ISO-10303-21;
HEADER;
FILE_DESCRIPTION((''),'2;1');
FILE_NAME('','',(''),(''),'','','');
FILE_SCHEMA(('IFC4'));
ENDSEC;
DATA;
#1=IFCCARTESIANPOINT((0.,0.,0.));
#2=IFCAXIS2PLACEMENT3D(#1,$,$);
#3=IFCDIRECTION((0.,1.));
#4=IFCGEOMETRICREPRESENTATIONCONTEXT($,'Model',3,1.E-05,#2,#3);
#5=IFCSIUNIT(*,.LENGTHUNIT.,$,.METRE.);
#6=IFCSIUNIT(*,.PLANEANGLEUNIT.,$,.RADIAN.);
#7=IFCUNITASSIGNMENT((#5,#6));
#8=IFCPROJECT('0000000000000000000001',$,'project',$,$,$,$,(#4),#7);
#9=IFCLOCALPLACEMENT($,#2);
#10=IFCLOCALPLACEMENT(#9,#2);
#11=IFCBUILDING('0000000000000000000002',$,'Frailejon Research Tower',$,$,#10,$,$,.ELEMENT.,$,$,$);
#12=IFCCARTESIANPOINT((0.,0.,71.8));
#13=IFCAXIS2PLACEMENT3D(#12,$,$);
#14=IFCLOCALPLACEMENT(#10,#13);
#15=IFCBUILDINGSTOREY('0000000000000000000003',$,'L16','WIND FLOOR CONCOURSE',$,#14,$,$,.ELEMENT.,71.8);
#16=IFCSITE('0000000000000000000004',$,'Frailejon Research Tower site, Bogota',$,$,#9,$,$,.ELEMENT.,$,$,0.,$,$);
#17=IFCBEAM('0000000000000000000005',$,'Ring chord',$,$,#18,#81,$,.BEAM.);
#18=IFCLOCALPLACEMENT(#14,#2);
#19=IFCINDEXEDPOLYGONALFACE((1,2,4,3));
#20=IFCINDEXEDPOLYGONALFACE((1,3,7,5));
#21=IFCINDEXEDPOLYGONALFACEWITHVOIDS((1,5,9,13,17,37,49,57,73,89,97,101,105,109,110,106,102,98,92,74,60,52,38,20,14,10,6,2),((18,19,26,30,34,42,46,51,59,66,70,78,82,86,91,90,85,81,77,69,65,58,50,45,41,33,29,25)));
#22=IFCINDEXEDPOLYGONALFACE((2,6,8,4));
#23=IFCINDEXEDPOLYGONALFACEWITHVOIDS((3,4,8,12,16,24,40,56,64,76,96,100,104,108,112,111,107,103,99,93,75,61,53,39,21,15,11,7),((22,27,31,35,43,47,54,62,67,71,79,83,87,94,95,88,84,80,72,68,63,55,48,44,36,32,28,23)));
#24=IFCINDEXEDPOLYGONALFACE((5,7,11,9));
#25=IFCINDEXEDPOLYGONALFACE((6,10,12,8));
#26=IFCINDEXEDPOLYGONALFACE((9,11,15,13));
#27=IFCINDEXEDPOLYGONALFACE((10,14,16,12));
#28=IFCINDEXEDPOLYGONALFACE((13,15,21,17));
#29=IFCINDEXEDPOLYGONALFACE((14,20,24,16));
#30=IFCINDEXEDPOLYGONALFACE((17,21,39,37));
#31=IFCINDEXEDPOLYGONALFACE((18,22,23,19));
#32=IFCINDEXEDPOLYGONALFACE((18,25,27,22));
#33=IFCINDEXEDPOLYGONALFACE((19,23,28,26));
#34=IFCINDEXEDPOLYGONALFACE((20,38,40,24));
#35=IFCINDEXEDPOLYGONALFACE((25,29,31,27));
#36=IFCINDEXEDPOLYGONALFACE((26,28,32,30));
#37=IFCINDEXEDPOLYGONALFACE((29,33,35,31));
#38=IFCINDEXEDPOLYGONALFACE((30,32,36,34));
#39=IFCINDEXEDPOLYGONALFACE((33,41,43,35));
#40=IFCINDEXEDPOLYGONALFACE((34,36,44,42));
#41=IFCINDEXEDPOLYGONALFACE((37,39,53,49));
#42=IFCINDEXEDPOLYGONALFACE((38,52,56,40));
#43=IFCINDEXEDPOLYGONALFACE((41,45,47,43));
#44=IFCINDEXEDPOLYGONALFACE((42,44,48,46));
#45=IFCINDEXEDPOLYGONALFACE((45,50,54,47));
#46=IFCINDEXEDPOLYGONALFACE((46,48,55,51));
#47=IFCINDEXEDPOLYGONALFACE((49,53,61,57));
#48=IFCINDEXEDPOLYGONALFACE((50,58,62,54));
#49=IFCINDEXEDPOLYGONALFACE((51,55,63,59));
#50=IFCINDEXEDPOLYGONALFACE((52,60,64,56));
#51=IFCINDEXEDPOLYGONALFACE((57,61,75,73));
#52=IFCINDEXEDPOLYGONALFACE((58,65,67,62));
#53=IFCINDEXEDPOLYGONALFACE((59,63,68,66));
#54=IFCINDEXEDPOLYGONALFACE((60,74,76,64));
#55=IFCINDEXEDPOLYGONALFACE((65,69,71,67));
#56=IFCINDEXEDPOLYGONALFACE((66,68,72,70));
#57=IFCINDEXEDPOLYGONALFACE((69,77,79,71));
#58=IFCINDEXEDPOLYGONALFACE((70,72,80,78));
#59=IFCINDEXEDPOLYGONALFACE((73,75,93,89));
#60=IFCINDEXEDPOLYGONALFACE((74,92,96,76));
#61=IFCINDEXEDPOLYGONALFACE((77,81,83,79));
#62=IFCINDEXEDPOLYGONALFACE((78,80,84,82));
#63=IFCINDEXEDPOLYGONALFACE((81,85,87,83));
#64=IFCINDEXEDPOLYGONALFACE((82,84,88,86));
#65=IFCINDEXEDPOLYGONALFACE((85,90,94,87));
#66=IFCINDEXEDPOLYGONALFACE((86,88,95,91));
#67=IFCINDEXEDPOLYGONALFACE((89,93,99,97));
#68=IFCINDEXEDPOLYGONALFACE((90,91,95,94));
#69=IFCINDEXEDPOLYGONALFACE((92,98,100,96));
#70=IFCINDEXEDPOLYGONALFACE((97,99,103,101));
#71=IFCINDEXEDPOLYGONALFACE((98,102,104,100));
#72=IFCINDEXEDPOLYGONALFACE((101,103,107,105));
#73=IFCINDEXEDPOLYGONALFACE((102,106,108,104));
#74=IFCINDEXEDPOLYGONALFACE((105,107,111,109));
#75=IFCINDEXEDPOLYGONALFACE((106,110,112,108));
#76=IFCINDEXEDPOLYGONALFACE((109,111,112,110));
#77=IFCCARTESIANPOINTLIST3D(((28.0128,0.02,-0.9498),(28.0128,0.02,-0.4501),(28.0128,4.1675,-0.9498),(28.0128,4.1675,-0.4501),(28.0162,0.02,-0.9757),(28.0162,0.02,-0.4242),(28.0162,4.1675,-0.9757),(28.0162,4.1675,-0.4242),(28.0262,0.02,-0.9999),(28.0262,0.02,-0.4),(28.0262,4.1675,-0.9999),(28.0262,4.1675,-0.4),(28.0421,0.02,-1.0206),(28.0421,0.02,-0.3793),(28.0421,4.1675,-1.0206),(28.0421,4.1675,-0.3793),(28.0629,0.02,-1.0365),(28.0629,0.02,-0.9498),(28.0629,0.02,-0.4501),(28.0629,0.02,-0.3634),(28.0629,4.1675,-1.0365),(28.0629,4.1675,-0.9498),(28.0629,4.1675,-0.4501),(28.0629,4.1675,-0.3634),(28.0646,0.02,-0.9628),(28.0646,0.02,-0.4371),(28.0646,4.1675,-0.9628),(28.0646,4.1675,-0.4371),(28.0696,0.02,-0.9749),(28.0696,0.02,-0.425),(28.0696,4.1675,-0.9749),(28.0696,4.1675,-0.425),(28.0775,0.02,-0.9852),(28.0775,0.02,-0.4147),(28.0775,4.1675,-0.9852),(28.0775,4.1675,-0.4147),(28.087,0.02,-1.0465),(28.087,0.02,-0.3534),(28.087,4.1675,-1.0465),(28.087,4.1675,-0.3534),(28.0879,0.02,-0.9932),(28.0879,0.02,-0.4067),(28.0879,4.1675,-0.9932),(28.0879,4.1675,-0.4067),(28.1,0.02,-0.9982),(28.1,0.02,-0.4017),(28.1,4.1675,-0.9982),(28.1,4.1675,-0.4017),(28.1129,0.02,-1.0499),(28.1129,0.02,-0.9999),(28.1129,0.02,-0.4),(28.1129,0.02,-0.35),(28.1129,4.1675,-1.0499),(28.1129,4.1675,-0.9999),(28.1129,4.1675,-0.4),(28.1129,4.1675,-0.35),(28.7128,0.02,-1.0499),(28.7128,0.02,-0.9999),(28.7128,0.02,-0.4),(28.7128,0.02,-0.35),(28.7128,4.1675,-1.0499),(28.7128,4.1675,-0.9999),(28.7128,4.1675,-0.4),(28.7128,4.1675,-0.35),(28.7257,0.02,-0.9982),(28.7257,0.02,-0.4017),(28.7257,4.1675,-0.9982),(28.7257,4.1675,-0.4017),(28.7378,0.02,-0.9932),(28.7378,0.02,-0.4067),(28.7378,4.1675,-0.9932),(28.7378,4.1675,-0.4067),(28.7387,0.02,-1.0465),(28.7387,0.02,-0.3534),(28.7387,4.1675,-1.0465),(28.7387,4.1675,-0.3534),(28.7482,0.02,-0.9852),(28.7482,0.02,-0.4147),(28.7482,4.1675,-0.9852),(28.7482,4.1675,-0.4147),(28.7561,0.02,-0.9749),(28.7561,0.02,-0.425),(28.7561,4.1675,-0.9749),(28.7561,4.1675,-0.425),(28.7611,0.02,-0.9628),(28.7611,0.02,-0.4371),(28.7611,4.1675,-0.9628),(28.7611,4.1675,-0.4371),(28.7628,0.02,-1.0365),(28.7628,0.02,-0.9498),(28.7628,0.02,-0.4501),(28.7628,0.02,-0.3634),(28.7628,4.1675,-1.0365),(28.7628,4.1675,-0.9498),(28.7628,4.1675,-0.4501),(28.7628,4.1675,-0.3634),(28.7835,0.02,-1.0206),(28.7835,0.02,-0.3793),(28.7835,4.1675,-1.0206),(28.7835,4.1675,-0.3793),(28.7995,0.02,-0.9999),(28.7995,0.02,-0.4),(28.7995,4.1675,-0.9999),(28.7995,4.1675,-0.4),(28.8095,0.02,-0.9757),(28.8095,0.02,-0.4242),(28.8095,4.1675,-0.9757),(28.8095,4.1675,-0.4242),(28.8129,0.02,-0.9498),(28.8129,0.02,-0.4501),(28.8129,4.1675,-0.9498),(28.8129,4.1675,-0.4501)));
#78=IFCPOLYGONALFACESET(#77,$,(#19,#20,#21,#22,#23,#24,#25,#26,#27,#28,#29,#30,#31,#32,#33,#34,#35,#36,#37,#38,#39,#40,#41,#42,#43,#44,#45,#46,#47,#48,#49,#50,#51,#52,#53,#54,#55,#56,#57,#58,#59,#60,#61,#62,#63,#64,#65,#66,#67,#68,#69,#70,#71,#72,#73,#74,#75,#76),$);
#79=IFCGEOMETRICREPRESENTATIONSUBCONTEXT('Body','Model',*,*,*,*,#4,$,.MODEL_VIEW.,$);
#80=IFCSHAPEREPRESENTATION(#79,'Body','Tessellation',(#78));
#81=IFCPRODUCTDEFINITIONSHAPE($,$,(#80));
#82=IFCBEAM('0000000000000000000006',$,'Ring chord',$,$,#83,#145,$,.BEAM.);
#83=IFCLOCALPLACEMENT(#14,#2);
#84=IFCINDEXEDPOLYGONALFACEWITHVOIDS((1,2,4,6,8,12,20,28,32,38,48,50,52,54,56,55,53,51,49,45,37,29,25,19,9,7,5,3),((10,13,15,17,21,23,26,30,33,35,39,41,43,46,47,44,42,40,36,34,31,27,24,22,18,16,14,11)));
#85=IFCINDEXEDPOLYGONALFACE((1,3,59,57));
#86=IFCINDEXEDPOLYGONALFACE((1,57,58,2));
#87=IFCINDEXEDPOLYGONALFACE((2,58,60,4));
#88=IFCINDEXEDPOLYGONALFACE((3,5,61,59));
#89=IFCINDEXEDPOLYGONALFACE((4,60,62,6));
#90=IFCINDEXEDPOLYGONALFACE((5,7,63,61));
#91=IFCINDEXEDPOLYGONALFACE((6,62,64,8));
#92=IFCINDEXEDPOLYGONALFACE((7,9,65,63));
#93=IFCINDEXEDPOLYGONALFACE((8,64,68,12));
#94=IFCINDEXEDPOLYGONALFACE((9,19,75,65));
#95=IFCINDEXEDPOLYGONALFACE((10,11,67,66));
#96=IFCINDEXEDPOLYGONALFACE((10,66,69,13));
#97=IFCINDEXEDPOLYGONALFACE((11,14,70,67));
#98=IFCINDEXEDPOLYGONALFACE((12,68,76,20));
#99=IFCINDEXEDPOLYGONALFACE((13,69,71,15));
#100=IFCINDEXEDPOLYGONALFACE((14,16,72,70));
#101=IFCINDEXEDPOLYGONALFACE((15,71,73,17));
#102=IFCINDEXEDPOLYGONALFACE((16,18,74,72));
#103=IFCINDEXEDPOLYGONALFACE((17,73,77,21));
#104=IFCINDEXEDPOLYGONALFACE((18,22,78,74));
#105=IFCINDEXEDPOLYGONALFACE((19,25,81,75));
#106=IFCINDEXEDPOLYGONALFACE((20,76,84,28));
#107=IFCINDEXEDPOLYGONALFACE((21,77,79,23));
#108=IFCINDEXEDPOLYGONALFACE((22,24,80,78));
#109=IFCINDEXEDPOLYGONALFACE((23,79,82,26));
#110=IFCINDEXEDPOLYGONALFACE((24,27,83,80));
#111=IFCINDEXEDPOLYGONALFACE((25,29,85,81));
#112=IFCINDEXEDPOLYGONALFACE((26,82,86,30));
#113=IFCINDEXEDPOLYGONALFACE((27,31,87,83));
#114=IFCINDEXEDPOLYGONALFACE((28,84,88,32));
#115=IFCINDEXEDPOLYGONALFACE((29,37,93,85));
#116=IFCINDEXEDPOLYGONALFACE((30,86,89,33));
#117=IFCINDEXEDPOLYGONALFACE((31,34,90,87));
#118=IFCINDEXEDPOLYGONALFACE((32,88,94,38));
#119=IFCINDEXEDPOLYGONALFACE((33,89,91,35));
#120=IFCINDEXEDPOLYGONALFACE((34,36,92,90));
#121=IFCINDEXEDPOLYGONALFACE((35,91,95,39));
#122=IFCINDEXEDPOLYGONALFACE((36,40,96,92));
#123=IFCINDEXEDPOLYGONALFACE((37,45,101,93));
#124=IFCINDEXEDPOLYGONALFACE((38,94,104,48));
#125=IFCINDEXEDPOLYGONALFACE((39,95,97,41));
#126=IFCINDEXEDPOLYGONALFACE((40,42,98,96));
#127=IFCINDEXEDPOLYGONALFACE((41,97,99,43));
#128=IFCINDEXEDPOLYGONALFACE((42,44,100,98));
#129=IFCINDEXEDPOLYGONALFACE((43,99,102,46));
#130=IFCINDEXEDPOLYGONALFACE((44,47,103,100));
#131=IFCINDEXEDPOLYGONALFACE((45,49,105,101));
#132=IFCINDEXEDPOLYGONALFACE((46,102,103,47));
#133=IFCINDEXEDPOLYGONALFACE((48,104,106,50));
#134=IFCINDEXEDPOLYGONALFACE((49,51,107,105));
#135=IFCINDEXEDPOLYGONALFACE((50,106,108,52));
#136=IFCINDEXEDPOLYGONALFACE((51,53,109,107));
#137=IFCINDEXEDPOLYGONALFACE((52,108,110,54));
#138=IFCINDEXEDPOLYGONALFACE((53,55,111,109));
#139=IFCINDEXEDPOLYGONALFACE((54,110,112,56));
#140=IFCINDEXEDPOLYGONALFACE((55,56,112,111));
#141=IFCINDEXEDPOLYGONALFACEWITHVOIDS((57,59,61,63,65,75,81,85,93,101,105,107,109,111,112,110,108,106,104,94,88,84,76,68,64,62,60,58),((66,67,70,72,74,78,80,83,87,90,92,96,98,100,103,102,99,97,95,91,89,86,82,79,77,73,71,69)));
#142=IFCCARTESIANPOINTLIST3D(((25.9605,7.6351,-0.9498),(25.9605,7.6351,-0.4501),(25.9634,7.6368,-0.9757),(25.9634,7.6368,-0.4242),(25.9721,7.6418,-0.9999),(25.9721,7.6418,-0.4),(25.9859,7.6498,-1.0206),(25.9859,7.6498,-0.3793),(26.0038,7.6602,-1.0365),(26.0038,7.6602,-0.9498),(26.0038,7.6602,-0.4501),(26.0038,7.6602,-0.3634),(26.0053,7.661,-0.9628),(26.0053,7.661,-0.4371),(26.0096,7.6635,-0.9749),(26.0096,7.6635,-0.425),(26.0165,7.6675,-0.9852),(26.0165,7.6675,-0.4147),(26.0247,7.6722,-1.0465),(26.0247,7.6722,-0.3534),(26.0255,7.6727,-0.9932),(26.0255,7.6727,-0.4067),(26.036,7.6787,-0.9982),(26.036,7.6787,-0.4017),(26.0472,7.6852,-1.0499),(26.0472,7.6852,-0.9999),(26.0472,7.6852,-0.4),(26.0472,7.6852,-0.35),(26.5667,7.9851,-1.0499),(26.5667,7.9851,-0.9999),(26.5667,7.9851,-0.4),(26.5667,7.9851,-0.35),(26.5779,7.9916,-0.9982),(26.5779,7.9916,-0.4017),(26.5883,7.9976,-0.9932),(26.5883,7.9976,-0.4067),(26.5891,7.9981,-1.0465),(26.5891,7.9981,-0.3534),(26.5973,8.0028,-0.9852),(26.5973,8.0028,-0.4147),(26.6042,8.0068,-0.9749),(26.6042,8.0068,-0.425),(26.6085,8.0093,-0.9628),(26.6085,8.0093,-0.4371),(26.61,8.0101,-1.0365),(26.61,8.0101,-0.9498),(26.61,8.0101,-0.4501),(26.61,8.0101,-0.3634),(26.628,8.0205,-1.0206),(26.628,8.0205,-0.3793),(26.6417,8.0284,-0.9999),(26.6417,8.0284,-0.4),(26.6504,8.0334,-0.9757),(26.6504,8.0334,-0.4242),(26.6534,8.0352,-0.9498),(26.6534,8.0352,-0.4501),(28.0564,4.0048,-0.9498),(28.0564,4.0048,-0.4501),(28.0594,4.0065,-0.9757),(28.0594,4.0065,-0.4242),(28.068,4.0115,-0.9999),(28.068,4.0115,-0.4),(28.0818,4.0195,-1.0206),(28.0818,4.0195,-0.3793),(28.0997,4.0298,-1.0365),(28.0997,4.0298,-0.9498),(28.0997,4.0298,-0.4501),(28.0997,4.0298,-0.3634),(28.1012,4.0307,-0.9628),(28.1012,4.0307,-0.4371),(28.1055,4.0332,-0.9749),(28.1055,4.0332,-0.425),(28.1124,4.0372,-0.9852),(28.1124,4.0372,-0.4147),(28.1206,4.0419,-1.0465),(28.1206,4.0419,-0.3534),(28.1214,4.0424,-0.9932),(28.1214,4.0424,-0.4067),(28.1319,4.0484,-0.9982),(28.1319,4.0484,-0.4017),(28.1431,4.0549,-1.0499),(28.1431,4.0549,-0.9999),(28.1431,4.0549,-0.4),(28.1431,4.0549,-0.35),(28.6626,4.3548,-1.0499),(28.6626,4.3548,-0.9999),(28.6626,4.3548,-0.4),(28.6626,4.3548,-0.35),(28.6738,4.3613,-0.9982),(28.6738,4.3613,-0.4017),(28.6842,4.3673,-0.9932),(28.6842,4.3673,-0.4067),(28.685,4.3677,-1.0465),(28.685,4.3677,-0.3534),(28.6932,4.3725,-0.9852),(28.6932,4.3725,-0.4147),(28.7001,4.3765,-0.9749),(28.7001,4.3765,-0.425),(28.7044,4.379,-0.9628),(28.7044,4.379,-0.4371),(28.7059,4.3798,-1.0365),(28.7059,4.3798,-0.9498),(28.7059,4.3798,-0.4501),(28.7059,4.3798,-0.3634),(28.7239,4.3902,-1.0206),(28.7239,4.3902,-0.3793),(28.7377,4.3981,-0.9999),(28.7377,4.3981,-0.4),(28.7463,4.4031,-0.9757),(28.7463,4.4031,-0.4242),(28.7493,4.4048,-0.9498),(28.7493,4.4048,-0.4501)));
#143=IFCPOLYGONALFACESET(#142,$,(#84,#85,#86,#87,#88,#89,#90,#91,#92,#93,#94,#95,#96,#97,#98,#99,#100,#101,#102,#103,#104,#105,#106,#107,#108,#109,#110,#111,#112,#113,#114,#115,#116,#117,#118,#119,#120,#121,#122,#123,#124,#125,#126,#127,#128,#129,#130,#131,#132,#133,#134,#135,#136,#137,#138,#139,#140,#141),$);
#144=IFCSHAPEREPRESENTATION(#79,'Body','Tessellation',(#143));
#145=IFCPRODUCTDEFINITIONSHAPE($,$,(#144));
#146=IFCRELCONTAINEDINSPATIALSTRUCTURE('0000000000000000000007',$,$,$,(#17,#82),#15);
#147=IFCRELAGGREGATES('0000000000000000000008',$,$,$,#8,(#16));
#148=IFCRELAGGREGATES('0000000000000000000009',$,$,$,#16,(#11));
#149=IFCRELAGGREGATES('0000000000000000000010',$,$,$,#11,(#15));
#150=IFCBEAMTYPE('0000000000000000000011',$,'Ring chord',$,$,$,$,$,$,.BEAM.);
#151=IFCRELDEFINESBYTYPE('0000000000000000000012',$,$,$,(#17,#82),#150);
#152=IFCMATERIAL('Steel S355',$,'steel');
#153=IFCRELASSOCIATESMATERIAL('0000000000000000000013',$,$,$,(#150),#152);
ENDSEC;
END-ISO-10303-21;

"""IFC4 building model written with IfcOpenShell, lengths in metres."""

from ifc_helpers import new_model, si_unit, direction, frame, origin, origin_2d, place, context, subcontext, project, spatial, hollow_rectangle, extrude, material, material_profile, profile_set, type_object, element, save


model = new_model("IFC4")

# Units and contexts
model_context = context("Model", 3, precision=1e-05, world=origin(), true_north=direction((0.0, 1.0)))
body_context = subcontext(model_context, "Body", "Model", "MODEL_VIEW")
ifc_project = project(units=[si_unit("LENGTHUNIT", "METRE"), si_unit("PLANEANGLEUNIT", "RADIAN")], contexts=[model_context])

# Site, building, storey
site_placement = place(None, origin())
site = spatial("IfcSite", under=ifc_project, at=site_placement, Name="Frailejon Research Tower site, Bogota", CompositionType="ELEMENT", RefElevation=0.0)
building_placement = place(site_placement, origin())
building = spatial("IfcBuilding", under=site, at=building_placement, Name="Frailejon Research Tower", CompositionType="ELEMENT")
storey_placement = place(building_placement, frame((0.0, 0.0, 71.8)))
storey = spatial("IfcBuildingStorey", under=building, at=storey_placement, Name="L16", Description="WIND FLOOR CONCOURSE", CompositionType="ELEMENT", Elevation=71.8)

# Beams
ifc_material_1 = material(Name="Steel S355", Category="steel")
ifc_material_profile_1 = material_profile(ifc_material_1, hollow_rectangle(XDim=0.8, YDim=0.7, WallThickness=0.05, InnerFilletRadius=0.05, OuterFilletRadius=0.1001, at=origin_2d()), Name="Ring chord")
ifc_profile_set_1 = profile_set([ifc_material_profile_1], Name="Steel S355")
beam_type_1 = type_object("IfcBeamType", Name="Ring chord", PredefinedType="BEAM", material=ifc_profile_set_1)
beam_1_placement = place(storey_placement, frame((28.4128, 0.02, -0.7), z_axis=(0.0, 1.0, 0.0), x_axis=(-1.0, 0.0, 0.0)))
element("IfcBeam", 1, at=beam_1_placement, inside=storey, type_object=beam_type_1, Name="Ring chord", PredefinedType="BEAM", context=body_context, shape_type="SweptSolid", body=[
    extrude(hollow_rectangle(XDim=0.8, YDim=0.7, WallThickness=0.05, InnerFilletRadius=0.05, OuterFilletRadius=0.1001, at=origin_2d()), origin(), (0.0, 0.0, 1.0), 4.1475),
])
for number, where, z_axis, x_axis, name in (
    (2, (28.4028, 4.2048, -0.7), (-0.499991, 0.86603, 0.0), (-0.86603, -0.499991, 0.0), "Ring chord"),
):
    element("IfcBeam", number, at=place(storey_placement, frame(where, z_axis=z_axis, x_axis=x_axis)), inside=storey, type_object=beam_type_1, Name=name, PredefinedType="BEAM", context=body_context, shape_type="SweptSolid", body=[
        extrude(hollow_rectangle(XDim=0.8, YDim=0.7, WallThickness=0.05, InnerFilletRadius=0.05, OuterFilletRadius=0.1001, at=origin_2d()), origin(), (0.0, 0.0, 1.0), 4.1919),
    ])

save(model, "model.ifc")
